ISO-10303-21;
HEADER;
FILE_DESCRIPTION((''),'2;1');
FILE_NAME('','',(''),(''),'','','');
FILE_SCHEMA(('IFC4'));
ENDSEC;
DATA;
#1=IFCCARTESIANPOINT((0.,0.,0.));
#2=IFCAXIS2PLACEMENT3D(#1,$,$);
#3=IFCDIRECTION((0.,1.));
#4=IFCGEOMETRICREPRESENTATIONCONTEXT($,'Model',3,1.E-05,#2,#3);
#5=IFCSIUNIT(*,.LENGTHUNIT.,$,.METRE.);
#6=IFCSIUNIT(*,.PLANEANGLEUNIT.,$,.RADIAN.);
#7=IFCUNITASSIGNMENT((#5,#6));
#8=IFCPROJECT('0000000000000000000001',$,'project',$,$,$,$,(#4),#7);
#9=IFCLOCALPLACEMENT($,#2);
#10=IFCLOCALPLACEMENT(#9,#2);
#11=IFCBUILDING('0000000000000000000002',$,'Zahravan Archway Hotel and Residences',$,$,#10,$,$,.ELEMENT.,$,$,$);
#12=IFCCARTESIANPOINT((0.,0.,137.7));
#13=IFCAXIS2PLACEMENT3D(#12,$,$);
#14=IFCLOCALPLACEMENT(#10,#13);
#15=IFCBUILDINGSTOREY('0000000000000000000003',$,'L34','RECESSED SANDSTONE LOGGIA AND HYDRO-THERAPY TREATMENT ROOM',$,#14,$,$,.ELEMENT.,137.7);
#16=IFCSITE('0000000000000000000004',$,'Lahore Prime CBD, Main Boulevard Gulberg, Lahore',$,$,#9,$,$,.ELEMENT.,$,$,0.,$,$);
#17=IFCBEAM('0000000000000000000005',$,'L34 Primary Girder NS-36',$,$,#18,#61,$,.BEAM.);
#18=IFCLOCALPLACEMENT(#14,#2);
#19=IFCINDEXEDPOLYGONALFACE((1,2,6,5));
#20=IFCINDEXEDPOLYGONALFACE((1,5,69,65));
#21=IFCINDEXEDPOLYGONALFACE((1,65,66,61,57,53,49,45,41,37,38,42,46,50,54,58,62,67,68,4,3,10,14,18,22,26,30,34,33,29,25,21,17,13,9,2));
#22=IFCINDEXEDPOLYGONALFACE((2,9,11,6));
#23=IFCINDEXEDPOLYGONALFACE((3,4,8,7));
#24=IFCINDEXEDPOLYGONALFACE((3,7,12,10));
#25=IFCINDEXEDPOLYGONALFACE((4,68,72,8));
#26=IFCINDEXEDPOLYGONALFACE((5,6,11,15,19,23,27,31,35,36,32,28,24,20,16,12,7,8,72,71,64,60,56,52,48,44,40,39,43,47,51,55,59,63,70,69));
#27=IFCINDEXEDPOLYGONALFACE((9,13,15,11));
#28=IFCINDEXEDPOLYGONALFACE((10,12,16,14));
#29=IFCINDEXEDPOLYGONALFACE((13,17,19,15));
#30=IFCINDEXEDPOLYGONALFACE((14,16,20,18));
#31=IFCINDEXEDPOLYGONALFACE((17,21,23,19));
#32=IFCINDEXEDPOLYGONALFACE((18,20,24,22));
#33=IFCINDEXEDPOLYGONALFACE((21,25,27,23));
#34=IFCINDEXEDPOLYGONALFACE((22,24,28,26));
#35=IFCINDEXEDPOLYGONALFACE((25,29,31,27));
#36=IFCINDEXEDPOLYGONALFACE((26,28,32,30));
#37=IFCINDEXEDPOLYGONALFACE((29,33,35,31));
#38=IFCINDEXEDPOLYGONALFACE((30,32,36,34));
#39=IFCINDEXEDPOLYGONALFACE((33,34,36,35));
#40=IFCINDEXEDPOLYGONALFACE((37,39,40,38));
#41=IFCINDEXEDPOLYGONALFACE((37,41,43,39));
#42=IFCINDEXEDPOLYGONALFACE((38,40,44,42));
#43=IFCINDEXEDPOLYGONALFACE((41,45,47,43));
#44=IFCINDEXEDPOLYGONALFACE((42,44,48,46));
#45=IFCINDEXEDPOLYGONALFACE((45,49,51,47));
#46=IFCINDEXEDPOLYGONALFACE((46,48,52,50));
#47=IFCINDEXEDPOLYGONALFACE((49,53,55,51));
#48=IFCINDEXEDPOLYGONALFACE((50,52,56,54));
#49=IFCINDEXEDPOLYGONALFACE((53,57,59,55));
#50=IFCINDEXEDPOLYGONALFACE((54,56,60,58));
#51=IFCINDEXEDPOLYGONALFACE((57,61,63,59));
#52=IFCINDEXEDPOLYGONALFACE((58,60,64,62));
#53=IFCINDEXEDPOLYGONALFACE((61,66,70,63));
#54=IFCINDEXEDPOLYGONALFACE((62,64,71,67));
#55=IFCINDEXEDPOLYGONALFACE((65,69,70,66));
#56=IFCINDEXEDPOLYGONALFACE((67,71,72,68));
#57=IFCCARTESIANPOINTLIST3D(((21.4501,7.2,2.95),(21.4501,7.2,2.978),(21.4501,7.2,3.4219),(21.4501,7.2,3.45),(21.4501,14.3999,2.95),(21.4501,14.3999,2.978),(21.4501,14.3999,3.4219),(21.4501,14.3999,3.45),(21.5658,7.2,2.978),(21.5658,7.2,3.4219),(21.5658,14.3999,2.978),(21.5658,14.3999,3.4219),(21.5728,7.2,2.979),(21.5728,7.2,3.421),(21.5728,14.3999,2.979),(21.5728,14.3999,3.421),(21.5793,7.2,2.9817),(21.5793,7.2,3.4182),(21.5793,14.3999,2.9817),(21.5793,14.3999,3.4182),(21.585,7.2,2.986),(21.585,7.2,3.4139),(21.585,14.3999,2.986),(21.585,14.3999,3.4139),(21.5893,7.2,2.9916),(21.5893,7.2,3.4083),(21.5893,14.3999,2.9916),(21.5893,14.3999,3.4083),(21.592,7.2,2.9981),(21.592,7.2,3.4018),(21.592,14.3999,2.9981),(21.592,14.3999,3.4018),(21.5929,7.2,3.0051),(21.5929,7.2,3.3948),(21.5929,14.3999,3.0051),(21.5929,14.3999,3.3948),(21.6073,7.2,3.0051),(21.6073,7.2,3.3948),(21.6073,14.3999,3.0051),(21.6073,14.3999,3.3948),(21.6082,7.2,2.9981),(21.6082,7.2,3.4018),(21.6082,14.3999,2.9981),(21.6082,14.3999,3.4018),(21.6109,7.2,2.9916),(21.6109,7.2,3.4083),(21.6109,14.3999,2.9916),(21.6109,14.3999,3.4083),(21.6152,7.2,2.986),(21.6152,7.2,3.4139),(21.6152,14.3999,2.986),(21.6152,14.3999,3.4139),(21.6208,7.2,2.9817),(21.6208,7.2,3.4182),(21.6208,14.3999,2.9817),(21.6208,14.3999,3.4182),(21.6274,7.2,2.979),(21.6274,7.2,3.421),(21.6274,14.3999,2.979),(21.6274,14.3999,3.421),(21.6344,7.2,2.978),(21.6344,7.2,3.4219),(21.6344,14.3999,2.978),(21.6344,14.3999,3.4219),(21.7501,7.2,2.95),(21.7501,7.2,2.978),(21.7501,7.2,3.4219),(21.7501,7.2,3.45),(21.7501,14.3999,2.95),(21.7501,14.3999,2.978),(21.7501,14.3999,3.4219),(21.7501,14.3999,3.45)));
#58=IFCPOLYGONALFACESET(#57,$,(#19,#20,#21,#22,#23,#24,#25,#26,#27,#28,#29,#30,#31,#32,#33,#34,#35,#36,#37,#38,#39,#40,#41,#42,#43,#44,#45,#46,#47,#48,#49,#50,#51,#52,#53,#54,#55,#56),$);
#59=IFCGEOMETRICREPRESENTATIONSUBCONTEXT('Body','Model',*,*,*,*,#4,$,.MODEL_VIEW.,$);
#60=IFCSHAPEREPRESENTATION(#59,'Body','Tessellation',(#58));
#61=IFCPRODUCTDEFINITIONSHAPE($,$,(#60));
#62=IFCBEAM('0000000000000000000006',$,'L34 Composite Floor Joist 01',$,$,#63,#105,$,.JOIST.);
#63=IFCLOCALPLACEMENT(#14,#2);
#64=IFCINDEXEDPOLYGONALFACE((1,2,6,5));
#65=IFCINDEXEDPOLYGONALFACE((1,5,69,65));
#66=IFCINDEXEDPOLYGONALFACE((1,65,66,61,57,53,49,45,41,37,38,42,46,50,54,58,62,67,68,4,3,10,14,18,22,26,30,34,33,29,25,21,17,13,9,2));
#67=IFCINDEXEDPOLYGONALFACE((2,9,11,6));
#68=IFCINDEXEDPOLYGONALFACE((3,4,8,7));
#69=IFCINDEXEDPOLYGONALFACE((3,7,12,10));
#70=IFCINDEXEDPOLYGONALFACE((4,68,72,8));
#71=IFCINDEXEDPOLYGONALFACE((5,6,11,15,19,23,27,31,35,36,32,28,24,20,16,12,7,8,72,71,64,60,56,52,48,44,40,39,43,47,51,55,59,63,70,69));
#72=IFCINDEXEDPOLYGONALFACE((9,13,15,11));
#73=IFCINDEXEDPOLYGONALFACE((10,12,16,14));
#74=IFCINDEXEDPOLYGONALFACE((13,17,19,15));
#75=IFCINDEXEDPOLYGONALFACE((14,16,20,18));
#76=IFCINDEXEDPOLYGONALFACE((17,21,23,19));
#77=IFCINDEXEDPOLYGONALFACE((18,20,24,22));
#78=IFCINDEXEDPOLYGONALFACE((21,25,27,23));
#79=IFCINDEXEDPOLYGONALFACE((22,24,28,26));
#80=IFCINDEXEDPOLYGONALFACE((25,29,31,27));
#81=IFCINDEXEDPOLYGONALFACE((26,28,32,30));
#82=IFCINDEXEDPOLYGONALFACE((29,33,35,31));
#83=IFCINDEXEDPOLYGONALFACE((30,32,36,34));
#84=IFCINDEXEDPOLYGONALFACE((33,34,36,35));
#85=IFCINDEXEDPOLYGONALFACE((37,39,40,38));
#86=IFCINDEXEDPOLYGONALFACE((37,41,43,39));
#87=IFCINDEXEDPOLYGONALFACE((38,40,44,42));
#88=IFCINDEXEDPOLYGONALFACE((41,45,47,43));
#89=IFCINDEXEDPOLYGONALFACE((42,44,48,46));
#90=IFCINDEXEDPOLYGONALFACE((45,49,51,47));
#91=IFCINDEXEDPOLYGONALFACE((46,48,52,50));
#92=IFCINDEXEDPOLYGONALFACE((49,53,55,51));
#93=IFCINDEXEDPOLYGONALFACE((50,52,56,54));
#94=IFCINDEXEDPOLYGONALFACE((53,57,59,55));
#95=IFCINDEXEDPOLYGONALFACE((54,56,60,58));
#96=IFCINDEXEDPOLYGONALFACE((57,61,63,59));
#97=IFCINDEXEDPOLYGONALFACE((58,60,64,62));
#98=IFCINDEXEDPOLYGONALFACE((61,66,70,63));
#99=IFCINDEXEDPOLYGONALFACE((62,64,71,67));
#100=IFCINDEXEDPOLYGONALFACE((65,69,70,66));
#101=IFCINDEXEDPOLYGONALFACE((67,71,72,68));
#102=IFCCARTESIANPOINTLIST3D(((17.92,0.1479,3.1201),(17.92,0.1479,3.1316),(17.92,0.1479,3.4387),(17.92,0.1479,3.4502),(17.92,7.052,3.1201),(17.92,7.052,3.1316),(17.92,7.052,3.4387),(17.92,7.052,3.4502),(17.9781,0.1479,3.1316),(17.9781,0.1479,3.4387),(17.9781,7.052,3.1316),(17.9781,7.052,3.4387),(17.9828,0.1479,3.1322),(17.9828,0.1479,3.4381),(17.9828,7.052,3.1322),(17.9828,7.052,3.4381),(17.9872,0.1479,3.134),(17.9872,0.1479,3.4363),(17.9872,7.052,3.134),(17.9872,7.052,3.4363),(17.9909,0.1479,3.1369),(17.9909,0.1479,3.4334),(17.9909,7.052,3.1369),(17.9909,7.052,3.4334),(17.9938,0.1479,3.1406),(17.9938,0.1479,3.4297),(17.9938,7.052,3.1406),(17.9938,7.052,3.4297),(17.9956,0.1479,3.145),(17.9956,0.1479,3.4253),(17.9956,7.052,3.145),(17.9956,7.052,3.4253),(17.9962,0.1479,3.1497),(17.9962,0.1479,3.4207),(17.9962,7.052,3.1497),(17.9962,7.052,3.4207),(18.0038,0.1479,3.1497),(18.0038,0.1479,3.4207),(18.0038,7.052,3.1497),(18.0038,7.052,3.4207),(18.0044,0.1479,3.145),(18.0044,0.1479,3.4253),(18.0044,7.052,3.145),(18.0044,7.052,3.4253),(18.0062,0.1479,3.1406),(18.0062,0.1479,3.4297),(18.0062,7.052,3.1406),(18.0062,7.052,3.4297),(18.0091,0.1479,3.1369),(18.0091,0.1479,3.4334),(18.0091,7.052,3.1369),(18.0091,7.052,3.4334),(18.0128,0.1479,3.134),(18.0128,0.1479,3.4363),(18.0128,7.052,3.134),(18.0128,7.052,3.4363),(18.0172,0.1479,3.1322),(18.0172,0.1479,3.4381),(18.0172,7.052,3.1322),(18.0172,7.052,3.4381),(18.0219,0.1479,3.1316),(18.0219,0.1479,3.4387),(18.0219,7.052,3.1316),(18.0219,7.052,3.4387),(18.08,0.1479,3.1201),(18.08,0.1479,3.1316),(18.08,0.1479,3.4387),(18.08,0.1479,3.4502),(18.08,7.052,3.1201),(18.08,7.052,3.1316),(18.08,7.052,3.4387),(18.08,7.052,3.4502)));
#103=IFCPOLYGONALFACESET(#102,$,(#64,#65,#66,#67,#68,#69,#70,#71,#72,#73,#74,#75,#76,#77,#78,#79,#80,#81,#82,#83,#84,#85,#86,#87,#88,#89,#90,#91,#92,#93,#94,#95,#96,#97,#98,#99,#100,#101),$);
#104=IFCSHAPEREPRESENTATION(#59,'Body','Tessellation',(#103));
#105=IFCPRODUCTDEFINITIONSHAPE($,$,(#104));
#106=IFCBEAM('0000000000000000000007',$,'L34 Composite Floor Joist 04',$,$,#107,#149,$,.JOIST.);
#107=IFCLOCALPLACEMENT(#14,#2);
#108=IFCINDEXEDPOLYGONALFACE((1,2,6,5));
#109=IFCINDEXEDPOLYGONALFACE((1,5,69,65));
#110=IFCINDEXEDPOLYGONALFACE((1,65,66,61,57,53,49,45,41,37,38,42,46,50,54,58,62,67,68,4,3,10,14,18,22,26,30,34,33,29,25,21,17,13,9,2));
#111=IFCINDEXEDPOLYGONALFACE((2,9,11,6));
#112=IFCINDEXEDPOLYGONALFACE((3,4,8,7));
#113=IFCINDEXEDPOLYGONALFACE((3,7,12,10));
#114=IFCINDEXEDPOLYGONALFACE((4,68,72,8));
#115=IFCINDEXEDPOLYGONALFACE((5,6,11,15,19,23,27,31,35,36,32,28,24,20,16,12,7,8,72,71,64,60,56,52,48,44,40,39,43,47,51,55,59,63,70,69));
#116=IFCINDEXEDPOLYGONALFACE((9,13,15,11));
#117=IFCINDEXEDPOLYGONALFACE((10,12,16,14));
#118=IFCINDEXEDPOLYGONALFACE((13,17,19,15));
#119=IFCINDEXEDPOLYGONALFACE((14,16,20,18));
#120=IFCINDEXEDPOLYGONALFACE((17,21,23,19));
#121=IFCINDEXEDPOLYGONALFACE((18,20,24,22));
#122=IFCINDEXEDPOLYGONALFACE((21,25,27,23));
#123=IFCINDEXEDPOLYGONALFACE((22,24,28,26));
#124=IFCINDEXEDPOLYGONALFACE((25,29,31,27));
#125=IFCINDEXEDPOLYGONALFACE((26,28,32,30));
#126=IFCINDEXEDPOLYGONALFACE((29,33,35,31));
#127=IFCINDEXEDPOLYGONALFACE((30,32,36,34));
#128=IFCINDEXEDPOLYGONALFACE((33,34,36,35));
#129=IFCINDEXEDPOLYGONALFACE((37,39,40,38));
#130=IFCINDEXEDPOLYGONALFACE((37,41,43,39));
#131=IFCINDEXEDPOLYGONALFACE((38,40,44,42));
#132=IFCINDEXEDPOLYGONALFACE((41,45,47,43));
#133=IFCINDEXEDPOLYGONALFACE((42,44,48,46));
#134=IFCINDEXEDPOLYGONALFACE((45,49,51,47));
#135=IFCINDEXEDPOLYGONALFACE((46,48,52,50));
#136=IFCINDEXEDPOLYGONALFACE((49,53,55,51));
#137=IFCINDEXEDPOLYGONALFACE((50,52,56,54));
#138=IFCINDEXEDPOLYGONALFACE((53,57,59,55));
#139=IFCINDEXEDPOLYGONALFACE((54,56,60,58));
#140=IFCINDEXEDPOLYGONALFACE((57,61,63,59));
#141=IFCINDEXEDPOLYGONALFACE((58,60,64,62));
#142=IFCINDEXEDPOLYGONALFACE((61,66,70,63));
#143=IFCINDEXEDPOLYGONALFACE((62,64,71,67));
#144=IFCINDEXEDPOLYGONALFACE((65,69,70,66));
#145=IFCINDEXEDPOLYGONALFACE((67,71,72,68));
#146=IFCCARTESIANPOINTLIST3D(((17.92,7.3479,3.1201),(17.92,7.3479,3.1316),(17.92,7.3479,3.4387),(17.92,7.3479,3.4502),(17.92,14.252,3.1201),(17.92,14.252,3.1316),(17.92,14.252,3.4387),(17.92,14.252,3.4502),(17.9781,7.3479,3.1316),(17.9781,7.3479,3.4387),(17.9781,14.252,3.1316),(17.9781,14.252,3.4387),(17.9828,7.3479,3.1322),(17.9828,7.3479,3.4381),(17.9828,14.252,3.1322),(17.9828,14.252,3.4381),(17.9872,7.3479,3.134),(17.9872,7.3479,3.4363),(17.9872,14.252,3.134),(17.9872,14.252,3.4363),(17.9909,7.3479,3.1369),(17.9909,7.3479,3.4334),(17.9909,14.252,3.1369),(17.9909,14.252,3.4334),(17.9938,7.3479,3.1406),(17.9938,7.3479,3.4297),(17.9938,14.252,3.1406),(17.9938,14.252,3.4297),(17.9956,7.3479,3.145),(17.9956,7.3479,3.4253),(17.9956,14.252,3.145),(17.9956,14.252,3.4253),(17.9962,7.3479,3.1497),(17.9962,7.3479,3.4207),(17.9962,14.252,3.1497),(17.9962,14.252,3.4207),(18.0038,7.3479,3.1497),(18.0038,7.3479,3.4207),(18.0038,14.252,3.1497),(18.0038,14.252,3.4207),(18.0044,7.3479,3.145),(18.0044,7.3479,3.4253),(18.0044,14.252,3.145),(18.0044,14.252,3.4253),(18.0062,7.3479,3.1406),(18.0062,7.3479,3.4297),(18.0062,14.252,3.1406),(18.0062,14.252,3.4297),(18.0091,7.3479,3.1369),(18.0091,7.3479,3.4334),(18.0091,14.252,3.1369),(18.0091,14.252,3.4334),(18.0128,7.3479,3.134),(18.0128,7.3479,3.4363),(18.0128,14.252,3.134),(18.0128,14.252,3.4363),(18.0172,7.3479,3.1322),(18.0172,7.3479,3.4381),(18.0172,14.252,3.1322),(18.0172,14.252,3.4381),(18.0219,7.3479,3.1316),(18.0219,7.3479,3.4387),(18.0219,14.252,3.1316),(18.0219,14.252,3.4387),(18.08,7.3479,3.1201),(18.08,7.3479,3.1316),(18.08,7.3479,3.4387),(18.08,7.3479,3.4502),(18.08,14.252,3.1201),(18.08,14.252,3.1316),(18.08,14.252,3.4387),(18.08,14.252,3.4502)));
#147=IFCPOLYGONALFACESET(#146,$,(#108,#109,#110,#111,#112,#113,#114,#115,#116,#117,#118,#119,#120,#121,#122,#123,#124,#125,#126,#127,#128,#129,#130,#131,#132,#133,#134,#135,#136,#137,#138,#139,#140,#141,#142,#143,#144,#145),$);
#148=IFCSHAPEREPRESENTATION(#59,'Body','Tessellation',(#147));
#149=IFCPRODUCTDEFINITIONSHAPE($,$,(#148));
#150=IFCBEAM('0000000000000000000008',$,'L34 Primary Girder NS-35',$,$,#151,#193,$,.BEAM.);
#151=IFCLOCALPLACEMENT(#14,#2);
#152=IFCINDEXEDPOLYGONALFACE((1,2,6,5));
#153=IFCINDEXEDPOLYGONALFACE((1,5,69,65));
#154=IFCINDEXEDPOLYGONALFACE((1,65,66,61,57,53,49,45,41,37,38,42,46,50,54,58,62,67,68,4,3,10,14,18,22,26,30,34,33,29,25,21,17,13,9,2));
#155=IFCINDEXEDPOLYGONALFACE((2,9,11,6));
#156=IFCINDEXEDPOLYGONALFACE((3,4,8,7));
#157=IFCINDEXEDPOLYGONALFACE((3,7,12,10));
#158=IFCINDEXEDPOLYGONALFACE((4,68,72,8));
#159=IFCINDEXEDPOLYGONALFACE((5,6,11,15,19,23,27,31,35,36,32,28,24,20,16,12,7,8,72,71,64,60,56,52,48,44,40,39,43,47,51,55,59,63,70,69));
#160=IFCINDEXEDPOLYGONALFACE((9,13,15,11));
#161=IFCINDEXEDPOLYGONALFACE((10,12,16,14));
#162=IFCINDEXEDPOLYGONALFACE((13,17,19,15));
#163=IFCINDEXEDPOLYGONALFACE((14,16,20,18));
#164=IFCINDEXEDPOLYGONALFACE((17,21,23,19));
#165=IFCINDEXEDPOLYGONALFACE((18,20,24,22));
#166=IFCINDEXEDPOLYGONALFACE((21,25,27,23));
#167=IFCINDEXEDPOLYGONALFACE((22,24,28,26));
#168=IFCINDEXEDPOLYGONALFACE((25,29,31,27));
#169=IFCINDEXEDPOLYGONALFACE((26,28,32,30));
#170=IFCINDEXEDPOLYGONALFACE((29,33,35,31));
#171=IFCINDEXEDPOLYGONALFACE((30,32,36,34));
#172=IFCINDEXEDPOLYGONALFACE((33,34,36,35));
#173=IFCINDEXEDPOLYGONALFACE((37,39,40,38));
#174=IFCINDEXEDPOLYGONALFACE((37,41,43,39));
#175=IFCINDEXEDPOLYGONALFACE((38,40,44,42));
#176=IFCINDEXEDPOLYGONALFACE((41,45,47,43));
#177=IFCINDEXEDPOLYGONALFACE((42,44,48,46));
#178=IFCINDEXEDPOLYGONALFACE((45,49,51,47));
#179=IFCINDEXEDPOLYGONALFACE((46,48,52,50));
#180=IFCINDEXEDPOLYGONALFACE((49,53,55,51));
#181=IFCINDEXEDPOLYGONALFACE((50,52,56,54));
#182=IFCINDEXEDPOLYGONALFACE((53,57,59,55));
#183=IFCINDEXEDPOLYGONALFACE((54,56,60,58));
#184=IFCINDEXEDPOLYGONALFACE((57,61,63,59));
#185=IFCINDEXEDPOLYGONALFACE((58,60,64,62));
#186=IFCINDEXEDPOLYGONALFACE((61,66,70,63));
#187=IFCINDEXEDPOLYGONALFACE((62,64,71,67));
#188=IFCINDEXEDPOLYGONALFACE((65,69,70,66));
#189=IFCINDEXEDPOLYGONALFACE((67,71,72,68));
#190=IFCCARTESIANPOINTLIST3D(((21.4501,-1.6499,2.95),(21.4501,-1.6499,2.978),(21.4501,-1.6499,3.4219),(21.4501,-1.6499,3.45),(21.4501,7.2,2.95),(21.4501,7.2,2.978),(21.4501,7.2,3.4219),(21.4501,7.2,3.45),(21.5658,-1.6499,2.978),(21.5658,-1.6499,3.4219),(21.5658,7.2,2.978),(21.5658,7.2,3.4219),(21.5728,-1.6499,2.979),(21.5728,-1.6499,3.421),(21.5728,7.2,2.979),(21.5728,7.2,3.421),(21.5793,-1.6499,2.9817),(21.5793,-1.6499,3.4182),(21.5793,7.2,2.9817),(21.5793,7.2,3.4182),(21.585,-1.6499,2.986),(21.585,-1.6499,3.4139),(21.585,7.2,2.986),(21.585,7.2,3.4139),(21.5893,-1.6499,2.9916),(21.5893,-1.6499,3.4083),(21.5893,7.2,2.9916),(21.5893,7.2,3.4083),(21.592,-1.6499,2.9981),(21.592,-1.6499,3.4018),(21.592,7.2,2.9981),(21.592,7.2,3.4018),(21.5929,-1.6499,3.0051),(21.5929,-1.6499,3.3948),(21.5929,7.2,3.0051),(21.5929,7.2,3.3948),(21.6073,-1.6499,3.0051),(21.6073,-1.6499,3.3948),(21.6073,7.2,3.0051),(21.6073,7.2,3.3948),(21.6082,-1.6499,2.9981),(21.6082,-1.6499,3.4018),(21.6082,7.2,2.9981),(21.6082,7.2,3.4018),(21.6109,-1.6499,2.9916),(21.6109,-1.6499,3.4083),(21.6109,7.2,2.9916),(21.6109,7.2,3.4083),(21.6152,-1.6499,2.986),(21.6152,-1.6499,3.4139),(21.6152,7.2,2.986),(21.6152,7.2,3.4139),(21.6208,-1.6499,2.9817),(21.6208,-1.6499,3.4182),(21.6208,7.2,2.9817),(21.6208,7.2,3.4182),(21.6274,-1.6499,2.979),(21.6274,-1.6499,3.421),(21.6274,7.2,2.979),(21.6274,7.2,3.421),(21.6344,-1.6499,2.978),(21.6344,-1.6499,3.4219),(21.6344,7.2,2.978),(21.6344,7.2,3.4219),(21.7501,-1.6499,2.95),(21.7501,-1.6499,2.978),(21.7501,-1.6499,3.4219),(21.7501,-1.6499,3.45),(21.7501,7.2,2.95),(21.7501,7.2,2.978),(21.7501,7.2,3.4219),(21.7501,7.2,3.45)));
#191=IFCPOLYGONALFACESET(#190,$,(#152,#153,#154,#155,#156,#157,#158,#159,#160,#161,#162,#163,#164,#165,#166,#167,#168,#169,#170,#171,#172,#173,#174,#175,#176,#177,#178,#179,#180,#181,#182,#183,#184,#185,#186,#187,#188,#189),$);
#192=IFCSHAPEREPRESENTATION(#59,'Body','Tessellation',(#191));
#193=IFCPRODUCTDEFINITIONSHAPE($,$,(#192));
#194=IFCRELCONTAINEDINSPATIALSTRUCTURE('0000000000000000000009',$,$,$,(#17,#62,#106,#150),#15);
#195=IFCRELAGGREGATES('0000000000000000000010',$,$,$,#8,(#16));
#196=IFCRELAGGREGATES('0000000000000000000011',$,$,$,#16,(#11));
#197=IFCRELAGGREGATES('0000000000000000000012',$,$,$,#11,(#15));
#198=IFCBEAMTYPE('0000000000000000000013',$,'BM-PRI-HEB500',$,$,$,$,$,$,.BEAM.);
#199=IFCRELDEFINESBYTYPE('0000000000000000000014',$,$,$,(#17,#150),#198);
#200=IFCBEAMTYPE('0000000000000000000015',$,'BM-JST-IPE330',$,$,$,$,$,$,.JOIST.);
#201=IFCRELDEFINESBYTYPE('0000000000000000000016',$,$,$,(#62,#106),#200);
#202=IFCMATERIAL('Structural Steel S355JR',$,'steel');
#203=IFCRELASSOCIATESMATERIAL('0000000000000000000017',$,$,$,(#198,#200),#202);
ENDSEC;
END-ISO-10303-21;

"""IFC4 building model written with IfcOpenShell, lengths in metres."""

from ifc_helpers import new_model, si_unit, direction, frame, origin, origin_2d, place, context, subcontext, project, spatial, i_section, extrude, source, transform, mapped, material, material_profile, profile_set, type_object, type_shapes, element, save


model = new_model("IFC4")

# Units and contexts
model_context = context("Model", 3, precision=1e-05, world=origin(), true_north=direction((0.0, 1.0)))
body_context = subcontext(model_context, "Body", "Model", "MODEL_VIEW")
ifc_project = project(units=[si_unit("LENGTHUNIT", "METRE"), si_unit("PLANEANGLEUNIT", "RADIAN")], contexts=[model_context])

# Site, building, storey
site_placement = place(None, origin())
site = spatial("IfcSite", under=ifc_project, at=site_placement, Name="Lahore Prime CBD, Main Boulevard Gulberg, Lahore", CompositionType="ELEMENT", RefElevation=0.0)
building_placement = place(site_placement, origin())
building = spatial("IfcBuilding", under=site, at=building_placement, Name="Zahravan Archway Hotel and Residences", CompositionType="ELEMENT")
storey_placement = place(building_placement, frame((0.0, 0.0, 137.7)))
storey = spatial("IfcBuildingStorey", under=building, at=storey_placement, Name="L34", Description="RECESSED SANDSTONE LOGGIA AND HYDRO-THERAPY TREATMENT ROOM", CompositionType="ELEMENT", Elevation=137.7)

# Beams
ifc_material_1 = material(Name="Structural Steel S355JR", Category="steel")
ifc_material_profile_1 = material_profile(ifc_material_1, i_section(OverallWidth=0.3, OverallDepth=0.5, WebThickness=0.0144, FlangeThickness=0.0281, FilletRadius=0.0271, at=origin_2d()), Name="HEB 500", Category="steel")
ifc_profile_set_1 = profile_set([ifc_material_profile_1], Name="Structural Steel S355JR")
beam_type_1 = type_object("IfcBeamType", Name="BM-PRI-HEB500", PredefinedType="BEAM", material=ifc_profile_set_1)
shared_shape_1 = source(origin(), body_context, "Body", "SweptSolid", [
    extrude(i_section(OverallWidth=0.3, OverallDepth=0.5, WebThickness=0.0144, FlangeThickness=0.0281, FilletRadius=0.0271, at=origin_2d()), origin(), (0.0, 0.0, 1.0), 7.2),
])
for number, where, z_axis, x_axis, name in (
    (1, (21.6001, 7.2, 3.2), (0.0, 1.0, 0.0), (-1.0, 0.0, 0.0), "L34 Primary Girder NS-36"),
):
    element("IfcBeam", number, at=place(storey_placement, frame(where, z_axis=z_axis, x_axis=x_axis)), inside=storey, type_object=beam_type_1, Name=name, PredefinedType="BEAM", context=body_context, shape_type="MappedRepresentation", body=[
        mapped(shared_shape_1, transform((0.0, 0.0, 0.0), scale=1.0)),
    ])
ifc_material_profile_2 = material_profile(ifc_material_1, i_section(OverallWidth=0.1599, OverallDepth=0.3301, WebThickness=0.0076, FlangeThickness=0.0115, FilletRadius=0.0181, at=origin_2d()), Name="IPE 330", Category="steel")
ifc_profile_set_2 = profile_set([ifc_material_profile_2], Name="Structural Steel S355JR")
beam_type_2 = type_object("IfcBeamType", Name="BM-JST-IPE330", PredefinedType="JOIST", material=ifc_profile_set_2)
shared_shape_2 = source(origin(), body_context, "Body", "SweptSolid", [
    extrude(i_section(OverallWidth=0.1599, OverallDepth=0.3301, WebThickness=0.0076, FlangeThickness=0.0115, FilletRadius=0.0181, at=origin_2d()), origin(), (0.0, 0.0, 1.0), 6.9041),
])
type_shapes(beam_type_2, [shared_shape_2])
for number, where, z_axis, x_axis, name in (
    (2, (18.0, 0.1479, 3.2852), (0.0, 1.0, 0.0), (-1.0, 0.0, 0.0), "L34 Composite Floor Joist 01"),
    (3, (18.0, 7.3479, 3.2852), (0.0, 1.0, 0.0), (-1.0, 0.0, 0.0), "L34 Composite Floor Joist 04"),
):
    element("IfcBeam", number, at=place(storey_placement, frame(where, z_axis=z_axis, x_axis=x_axis)), inside=storey, type_object=beam_type_2, Name=name, PredefinedType="JOIST", context=body_context, shape_type="MappedRepresentation", body=[
        mapped(shared_shape_2, transform((0.0, 0.0, 0.0), scale=1.0)),
    ])
shared_shape_3 = source(origin(), body_context, "Body", "SweptSolid", [
    extrude(i_section(OverallWidth=0.3, OverallDepth=0.5, WebThickness=0.0144, FlangeThickness=0.0281, FilletRadius=0.0271, at=origin_2d()), origin(), (0.0, 0.0, 1.0), 8.8499),
])
beam_1_placement = place(storey_placement, frame((21.6001, -1.6499, 3.2), z_axis=(0.0, 1.0, 0.0), x_axis=(-1.0, 0.0, 0.0)))
element("IfcBeam", 4, at=beam_1_placement, inside=storey, type_object=beam_type_1, Name="L34 Primary Girder NS-35", PredefinedType="BEAM", context=body_context, shape_type="MappedRepresentation", body=[
    mapped(shared_shape_3, transform((0.0, 0.0, 0.0), scale=1.0)),
])

save(model, "model.ifc")
